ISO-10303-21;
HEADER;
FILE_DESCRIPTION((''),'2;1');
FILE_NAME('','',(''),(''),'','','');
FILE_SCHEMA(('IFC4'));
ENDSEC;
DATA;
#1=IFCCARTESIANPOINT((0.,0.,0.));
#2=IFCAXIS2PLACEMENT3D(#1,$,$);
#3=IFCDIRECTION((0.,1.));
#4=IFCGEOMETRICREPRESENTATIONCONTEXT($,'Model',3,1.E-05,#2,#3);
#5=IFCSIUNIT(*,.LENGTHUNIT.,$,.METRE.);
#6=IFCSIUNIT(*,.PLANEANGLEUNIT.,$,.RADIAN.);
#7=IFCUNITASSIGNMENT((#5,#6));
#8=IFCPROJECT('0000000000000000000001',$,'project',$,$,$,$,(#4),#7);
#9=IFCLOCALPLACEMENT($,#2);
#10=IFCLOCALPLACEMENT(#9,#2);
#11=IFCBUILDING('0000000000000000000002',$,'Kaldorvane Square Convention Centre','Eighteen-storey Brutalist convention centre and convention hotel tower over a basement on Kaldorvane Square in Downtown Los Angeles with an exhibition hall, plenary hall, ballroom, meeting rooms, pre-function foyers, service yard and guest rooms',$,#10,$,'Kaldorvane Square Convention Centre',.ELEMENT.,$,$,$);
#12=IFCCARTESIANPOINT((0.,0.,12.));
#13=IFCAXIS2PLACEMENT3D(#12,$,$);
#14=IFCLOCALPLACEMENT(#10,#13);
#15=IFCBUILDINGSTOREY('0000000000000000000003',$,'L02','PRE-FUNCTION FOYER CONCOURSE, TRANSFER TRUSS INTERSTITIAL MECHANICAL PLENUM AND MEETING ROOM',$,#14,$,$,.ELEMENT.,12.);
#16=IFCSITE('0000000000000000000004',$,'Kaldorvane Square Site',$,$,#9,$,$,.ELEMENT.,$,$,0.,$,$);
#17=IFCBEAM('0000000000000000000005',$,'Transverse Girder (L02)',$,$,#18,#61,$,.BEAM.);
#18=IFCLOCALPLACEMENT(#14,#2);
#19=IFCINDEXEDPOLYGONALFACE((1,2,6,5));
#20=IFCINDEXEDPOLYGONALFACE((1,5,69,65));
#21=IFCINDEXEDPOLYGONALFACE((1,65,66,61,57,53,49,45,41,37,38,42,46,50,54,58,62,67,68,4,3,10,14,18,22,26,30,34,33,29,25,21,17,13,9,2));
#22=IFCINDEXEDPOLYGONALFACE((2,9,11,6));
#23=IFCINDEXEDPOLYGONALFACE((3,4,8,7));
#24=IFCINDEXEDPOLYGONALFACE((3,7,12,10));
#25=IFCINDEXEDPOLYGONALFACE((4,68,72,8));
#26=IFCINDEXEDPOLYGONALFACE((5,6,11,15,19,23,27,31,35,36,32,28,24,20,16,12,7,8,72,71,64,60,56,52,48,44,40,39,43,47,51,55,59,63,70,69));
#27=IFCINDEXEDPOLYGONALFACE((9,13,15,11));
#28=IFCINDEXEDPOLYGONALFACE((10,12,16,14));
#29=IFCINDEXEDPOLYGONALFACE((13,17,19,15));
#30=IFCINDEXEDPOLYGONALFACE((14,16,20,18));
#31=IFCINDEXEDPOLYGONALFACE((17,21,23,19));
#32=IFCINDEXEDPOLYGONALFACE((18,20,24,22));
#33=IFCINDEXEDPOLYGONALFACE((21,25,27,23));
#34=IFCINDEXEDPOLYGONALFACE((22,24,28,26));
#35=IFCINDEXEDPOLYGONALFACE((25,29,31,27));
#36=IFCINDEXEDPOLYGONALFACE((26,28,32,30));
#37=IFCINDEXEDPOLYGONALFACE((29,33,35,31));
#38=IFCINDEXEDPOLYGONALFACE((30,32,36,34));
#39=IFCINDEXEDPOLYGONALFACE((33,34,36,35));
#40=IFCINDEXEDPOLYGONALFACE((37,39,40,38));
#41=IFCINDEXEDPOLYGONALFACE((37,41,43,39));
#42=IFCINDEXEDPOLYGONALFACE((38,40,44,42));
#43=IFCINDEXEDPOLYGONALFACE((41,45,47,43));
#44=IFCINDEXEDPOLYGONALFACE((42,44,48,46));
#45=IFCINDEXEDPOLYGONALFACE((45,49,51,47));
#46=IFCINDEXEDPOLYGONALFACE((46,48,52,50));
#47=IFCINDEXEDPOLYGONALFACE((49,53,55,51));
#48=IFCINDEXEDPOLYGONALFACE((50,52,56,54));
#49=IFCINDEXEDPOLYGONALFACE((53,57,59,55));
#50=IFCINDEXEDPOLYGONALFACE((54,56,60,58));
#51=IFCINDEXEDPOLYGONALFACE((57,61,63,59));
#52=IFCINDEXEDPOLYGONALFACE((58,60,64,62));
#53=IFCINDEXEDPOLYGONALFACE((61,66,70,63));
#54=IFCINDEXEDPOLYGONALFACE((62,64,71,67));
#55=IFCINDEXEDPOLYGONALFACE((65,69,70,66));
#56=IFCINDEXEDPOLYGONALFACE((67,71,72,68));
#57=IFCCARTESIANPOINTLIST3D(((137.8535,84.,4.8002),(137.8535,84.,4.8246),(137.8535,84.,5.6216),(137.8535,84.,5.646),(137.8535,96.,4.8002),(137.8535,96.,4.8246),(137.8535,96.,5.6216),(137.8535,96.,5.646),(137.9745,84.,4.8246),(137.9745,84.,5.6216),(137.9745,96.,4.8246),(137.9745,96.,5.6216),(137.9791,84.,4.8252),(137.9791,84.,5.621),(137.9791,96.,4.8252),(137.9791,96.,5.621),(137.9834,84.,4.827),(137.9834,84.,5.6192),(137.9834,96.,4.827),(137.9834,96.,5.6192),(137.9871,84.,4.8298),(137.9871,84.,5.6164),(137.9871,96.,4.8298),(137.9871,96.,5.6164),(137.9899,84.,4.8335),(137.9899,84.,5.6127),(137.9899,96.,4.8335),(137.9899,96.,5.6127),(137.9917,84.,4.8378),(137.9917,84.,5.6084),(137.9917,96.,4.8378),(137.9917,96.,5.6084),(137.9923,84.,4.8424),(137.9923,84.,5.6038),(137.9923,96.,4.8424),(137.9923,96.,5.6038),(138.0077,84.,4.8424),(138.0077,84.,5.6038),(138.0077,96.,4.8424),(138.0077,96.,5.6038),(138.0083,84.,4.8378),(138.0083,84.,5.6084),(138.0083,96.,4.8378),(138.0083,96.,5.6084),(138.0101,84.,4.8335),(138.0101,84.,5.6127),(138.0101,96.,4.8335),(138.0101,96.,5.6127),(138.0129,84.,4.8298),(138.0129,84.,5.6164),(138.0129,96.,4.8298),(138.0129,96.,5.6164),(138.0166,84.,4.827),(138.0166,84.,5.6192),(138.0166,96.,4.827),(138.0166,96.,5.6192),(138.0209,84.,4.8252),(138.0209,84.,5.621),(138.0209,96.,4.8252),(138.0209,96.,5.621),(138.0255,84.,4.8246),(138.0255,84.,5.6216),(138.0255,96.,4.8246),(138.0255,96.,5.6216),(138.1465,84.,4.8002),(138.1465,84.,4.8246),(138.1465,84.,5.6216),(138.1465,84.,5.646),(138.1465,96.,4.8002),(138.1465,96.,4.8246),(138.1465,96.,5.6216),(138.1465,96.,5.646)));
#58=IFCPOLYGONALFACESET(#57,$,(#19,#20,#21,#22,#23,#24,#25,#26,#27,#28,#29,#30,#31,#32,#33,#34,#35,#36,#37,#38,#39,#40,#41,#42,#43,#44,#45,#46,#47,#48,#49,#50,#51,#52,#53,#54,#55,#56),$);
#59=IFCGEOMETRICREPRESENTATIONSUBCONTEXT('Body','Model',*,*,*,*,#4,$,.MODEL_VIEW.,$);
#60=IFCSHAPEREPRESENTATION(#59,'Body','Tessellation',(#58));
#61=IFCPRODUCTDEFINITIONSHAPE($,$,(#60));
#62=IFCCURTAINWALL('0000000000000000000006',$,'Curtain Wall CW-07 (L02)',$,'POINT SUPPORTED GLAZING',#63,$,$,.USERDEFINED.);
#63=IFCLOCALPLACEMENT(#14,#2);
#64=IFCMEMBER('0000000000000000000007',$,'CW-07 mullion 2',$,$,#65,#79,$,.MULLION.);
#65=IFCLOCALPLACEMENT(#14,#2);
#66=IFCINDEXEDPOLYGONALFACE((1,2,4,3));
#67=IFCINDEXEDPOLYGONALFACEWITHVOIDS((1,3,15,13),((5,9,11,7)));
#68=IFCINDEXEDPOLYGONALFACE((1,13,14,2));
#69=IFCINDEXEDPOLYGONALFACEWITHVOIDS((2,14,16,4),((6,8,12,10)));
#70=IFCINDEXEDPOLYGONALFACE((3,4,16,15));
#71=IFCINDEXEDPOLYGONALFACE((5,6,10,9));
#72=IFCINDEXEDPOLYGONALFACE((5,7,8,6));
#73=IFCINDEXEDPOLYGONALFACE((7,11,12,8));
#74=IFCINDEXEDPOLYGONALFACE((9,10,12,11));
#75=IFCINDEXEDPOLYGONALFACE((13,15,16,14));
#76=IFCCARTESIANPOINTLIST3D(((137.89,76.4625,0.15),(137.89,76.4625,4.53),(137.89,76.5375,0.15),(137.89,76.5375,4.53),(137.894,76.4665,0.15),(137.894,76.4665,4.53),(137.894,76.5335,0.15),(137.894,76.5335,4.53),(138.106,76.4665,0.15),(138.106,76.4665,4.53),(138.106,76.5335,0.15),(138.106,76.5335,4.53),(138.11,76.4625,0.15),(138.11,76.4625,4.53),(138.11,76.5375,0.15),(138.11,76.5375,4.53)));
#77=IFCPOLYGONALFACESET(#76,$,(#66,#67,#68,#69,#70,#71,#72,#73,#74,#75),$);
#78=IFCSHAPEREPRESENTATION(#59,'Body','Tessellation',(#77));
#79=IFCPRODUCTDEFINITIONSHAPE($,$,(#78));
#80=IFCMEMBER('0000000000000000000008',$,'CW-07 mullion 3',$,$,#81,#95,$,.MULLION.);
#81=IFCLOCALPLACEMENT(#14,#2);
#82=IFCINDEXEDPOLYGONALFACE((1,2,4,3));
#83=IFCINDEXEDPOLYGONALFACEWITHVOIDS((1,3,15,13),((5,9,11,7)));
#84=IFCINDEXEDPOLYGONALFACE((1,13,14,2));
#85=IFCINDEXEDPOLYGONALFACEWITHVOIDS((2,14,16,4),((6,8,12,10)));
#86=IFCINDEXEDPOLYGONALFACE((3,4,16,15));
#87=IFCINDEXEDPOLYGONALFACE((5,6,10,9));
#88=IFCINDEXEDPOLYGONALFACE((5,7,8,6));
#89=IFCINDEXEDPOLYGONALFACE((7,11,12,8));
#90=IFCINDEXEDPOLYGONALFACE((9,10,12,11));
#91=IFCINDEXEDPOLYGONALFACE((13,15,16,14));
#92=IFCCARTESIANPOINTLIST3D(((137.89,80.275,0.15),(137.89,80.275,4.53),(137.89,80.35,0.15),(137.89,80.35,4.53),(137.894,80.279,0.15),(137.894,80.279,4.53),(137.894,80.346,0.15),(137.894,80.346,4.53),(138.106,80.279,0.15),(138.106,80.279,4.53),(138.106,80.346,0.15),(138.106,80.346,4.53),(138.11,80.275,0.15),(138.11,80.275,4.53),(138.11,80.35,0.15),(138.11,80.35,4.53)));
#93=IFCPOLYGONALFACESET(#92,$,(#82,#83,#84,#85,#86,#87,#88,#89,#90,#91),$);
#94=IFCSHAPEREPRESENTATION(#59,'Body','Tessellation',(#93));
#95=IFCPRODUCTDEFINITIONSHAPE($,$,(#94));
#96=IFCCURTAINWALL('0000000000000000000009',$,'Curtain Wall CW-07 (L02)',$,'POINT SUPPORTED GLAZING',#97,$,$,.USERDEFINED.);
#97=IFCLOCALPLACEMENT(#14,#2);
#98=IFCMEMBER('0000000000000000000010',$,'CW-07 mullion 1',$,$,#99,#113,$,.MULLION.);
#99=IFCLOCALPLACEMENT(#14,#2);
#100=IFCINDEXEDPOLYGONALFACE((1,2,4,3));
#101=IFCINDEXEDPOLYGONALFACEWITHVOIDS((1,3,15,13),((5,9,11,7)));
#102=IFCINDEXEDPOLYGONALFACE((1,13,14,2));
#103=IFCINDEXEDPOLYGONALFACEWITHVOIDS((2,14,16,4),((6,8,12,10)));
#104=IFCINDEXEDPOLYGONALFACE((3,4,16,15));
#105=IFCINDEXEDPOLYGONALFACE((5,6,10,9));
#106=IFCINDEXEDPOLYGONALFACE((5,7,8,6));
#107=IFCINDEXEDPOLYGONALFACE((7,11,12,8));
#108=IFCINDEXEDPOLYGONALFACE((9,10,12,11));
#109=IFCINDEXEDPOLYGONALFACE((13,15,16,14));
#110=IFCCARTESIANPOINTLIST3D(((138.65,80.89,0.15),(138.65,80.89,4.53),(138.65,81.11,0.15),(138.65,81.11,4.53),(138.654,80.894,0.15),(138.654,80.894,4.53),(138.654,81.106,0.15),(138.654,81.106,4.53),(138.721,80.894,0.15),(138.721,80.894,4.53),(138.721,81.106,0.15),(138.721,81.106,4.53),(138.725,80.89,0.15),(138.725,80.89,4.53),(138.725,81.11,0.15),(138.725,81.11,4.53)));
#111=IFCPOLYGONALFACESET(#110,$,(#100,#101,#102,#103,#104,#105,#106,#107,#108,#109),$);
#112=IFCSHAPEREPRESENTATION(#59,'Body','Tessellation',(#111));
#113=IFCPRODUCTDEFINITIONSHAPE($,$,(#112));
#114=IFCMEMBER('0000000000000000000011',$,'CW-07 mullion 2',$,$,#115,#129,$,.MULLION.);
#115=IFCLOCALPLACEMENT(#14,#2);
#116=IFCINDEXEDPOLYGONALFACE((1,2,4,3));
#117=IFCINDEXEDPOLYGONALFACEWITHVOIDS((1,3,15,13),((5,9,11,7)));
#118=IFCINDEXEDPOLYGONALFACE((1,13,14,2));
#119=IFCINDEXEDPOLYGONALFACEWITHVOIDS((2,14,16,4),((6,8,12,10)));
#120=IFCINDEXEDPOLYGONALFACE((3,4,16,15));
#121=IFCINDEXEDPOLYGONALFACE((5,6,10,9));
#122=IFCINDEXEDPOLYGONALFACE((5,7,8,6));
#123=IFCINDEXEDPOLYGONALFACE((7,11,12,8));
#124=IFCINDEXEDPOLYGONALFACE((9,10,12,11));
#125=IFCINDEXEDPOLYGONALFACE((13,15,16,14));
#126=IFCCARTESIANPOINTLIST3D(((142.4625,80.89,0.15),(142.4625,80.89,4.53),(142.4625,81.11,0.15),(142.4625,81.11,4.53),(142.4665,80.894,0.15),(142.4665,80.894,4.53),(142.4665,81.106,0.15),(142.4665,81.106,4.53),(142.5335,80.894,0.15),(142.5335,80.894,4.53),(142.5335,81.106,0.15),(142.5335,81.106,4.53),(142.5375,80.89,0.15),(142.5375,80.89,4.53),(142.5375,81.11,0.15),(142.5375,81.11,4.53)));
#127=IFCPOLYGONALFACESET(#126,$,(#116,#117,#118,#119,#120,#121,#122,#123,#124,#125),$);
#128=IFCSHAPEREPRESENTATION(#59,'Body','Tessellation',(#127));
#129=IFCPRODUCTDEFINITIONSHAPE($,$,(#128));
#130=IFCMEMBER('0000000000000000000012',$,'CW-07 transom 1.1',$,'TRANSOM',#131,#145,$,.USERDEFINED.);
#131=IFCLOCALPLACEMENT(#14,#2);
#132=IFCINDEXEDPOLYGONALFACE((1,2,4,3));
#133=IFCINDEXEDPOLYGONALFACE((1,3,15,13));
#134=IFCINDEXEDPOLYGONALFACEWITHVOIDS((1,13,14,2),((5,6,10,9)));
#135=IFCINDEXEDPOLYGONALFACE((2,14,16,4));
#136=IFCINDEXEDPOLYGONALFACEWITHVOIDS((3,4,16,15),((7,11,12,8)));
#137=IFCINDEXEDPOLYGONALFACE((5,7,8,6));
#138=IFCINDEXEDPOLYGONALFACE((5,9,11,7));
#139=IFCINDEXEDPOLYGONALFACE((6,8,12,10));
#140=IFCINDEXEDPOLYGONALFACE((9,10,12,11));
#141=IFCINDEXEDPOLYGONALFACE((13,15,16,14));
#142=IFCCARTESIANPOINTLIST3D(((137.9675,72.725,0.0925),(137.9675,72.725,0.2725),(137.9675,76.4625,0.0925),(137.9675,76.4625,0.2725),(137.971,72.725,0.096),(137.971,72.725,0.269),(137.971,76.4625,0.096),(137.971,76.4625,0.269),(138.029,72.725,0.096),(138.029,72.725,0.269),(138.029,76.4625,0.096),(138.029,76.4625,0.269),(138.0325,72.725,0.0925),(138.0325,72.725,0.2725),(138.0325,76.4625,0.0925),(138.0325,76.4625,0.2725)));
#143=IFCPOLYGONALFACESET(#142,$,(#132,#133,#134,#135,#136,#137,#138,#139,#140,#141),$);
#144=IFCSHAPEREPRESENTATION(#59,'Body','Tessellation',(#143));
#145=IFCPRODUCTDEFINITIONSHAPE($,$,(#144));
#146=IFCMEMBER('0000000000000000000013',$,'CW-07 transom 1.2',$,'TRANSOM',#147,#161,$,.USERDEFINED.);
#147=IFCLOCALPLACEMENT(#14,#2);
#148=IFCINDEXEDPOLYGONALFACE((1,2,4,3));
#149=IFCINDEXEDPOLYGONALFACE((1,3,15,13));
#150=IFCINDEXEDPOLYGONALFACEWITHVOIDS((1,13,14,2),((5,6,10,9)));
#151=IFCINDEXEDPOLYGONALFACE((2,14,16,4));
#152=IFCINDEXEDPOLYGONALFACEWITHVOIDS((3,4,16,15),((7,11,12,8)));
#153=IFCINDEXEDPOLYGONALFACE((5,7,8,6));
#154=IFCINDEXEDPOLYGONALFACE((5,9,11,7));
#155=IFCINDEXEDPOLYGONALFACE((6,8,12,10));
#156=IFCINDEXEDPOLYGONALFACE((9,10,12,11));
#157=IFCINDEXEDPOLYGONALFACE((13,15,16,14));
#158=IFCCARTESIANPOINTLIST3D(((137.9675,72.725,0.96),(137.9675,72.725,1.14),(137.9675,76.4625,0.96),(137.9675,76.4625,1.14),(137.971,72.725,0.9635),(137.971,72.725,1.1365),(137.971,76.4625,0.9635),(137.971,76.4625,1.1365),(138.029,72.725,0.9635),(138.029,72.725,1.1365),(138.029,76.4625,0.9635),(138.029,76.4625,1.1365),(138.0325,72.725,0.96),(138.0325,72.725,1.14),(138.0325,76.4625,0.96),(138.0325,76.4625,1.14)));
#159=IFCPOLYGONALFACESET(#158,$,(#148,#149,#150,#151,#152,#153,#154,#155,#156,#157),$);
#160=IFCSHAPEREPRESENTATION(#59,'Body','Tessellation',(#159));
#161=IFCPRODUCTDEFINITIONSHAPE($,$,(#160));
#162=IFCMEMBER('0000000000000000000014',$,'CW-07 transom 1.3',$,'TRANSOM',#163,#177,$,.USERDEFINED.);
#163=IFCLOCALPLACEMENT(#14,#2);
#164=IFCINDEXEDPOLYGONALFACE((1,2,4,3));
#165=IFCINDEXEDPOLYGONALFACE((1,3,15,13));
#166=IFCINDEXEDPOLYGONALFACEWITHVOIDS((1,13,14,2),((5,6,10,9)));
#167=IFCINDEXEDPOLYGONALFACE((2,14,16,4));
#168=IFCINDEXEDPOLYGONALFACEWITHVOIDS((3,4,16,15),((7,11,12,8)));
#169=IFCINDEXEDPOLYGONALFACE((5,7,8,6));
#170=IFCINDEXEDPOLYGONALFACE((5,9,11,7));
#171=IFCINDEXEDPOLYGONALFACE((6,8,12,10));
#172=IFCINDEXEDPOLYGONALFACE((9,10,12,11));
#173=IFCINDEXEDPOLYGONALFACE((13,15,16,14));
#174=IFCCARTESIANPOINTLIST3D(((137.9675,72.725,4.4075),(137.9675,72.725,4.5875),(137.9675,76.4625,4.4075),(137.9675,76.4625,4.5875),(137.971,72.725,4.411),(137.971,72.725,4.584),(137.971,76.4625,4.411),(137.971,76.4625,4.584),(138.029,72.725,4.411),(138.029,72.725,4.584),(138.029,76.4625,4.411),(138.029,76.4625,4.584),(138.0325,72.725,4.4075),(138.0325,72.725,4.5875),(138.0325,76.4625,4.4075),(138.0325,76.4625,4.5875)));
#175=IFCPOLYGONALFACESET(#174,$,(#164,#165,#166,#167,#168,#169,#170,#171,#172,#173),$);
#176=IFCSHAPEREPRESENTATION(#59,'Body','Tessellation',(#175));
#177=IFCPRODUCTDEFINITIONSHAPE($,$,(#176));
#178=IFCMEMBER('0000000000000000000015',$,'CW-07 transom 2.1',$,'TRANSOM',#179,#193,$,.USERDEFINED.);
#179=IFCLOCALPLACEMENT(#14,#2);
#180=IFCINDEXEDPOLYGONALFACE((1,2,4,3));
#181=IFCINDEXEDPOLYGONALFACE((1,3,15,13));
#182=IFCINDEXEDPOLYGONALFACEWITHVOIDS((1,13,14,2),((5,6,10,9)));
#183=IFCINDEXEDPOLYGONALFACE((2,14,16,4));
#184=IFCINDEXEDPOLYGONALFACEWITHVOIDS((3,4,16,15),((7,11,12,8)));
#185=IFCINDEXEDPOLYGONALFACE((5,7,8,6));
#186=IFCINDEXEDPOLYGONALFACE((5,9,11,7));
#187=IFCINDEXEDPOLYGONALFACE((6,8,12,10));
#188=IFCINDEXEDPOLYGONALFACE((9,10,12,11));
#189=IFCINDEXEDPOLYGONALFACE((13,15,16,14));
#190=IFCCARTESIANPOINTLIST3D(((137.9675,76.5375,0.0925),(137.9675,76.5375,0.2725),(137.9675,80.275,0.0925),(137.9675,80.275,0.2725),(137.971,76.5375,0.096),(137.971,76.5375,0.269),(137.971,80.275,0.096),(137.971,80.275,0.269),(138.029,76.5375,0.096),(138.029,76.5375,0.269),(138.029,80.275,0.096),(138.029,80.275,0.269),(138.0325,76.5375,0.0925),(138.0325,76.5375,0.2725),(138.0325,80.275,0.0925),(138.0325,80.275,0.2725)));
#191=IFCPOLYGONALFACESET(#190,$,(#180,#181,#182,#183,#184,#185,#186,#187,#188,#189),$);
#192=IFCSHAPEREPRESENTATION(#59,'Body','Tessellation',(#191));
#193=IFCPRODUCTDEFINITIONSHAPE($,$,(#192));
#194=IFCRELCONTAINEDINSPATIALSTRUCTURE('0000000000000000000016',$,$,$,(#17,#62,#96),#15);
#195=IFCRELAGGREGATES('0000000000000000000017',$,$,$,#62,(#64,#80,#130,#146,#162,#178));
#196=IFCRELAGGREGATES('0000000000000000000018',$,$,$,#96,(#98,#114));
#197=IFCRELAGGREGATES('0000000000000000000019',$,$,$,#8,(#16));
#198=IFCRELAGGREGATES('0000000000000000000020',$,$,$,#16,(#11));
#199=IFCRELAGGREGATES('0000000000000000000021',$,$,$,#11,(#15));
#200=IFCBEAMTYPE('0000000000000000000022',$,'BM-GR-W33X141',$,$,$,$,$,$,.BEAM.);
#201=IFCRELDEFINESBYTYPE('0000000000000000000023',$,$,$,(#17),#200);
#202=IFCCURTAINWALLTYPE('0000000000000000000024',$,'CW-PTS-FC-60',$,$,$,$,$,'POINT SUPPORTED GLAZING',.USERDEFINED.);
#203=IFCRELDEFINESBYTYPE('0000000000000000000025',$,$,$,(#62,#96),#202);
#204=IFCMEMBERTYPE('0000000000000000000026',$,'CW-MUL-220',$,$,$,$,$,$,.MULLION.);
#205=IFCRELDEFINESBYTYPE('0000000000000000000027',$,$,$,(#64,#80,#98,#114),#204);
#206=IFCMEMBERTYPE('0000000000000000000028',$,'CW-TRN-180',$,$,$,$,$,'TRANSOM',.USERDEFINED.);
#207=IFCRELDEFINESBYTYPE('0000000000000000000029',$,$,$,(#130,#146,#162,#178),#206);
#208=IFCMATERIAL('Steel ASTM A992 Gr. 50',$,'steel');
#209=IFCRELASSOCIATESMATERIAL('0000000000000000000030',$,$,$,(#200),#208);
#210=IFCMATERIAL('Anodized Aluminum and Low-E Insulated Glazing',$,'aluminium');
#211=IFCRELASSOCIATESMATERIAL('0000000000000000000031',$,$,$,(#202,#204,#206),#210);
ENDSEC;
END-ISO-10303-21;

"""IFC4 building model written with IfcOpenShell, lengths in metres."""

from ifc_helpers import new_model, si_unit, direction, frame, origin, origin_2d, place, context, subcontext, project, spatial, hollow_rectangle, i_section, extrude, material, material_profile, profile_set, type_object, element, aggregate, save


model = new_model("IFC4")

# Units and contexts
model_context = context("Model", 3, precision=1e-05, world=origin(), true_north=direction((0.0, 1.0)))
body_context = subcontext(model_context, "Body", "Model", "MODEL_VIEW")
ifc_project = project(units=[si_unit("LENGTHUNIT", "METRE"), si_unit("PLANEANGLEUNIT", "RADIAN")], contexts=[model_context])

# Site, building, storey
site_placement = place(None, origin())
site = spatial("IfcSite", under=ifc_project, at=site_placement, Name="Kaldorvane Square Site", CompositionType="ELEMENT", RefElevation=0.0)
building_placement = place(site_placement, origin())
building = spatial("IfcBuilding", under=site, at=building_placement, Name="Kaldorvane Square Convention Centre", Description="Eighteen-storey Brutalist convention centre and convention hotel tower over a basement on Kaldorvane Square in Downtown Los Angeles with an exhibition hall, plenary hall, ballroom, meeting rooms, pre-function foyers, service yard and guest rooms", LongName="Kaldorvane Square Convention Centre", CompositionType="ELEMENT")
storey_placement = place(building_placement, frame((0.0, 0.0, 12.0)))
storey = spatial("IfcBuildingStorey", under=building, at=storey_placement, Name="L02", Description="PRE-FUNCTION FOYER CONCOURSE, TRANSFER TRUSS INTERSTITIAL MECHANICAL PLENUM AND MEETING ROOM", CompositionType="ELEMENT", Elevation=12.0)

# Beam
ifc_material_1 = material(Name="Steel ASTM A992 Gr. 50", Category="steel")
ifc_material_profile_1 = material_profile(ifc_material_1, i_section(OverallWidth=0.293, OverallDepth=0.8458, WebThickness=0.0154, FlangeThickness=0.0244, FilletRadius=0.0178, at=origin_2d()), Name="W33X141")
ifc_profile_set_1 = profile_set([ifc_material_profile_1], Name="Steel ASTM A992 Gr. 50")
beam_type_1 = type_object("IfcBeamType", Name="BM-GR-W33X141", PredefinedType="BEAM", material=ifc_profile_set_1)
beam_1_placement = place(storey_placement, frame((138.0, 84.0, 5.2231), z_axis=(0.0, 1.0, 0.0), x_axis=(-1.0, 0.0, 0.0)))
element("IfcBeam", 1, at=beam_1_placement, inside=storey, type_object=beam_type_1, Name="Transverse Girder (L02)", PredefinedType="BEAM", context=body_context, shape_type="SweptSolid", body=[
    extrude(i_section(OverallWidth=0.293, OverallDepth=0.8458, WebThickness=0.0154, FlangeThickness=0.0244, FilletRadius=0.0178, at=origin_2d()), origin(), (0.0, 0.0, 1.0), 12.0),
])

# Curtain walls, members
ifc_material_2 = material(Name="Anodized Aluminum and Low-E Insulated Glazing", Category="aluminium")
curtain_wall_type = type_object("IfcCurtainWallType", Name="CW-PTS-FC-60", ElementType="POINT SUPPORTED GLAZING", PredefinedType="USERDEFINED", material=ifc_material_2)
curtain_wall_1_placement = place(storey_placement, origin())
curtain_wall_1 = element("IfcCurtainWall", 2, at=curtain_wall_1_placement, inside=storey, type_object=curtain_wall_type, Name="Curtain Wall CW-07 (L02)", ObjectType="POINT SUPPORTED GLAZING", PredefinedType="USERDEFINED")
ifc_material_profile_2 = material_profile(ifc_material_2, hollow_rectangle(XDim=0.075, YDim=0.22, WallThickness=0.004, at=origin_2d()), Name="CWM-220X75")
ifc_profile_set_2 = profile_set([ifc_material_profile_2], Name="Anodized Aluminum and Low-E Insulated Glazing")
member_type_1 = type_object("IfcMemberType", Name="CW-MUL-220", PredefinedType="MULLION", material=ifc_profile_set_2)
member_1_placement = place(storey_placement, frame((138.0, 76.5, 0.15), z_axis=(0.0, 0.0, 1.0), x_axis=(0.0, 1.0, 0.0)))
member_1 = element("IfcMember", 3, at=member_1_placement, type_object=member_type_1, Name="CW-07 mullion 2", PredefinedType="MULLION", context=body_context, shape_type="SweptSolid", body=[
    extrude(hollow_rectangle(XDim=0.075, YDim=0.22, WallThickness=0.004, at=origin_2d()), origin(), (0.0, 0.0, 1.0), 4.38),
])
member_2_placement = place(storey_placement, frame((138.0, 80.3125, 0.15), z_axis=(0.0, 0.0, 1.0), x_axis=(0.0, 1.0, 0.0)))
member_2 = element("IfcMember", 4, at=member_2_placement, type_object=member_type_1, Name="CW-07 mullion 3", PredefinedType="MULLION", context=body_context, shape_type="SweptSolid", body=[
    extrude(hollow_rectangle(XDim=0.075, YDim=0.22, WallThickness=0.004, at=origin_2d()), origin(), (0.0, 0.0, 1.0), 4.38),
])
curtain_wall_2_placement = place(storey_placement, origin())
curtain_wall_2 = element("IfcCurtainWall", 5, at=curtain_wall_2_placement, inside=storey, type_object=curtain_wall_type, Name="Curtain Wall CW-07 (L02)", ObjectType="POINT SUPPORTED GLAZING", PredefinedType="USERDEFINED")
member_3_placement = place(storey_placement, frame((138.6875, 81.0, 0.15), z_axis=(0.0, 0.0, 1.0), x_axis=(1.0, 0.0, 0.0)))
member_3 = element("IfcMember", 6, at=member_3_placement, type_object=member_type_1, Name="CW-07 mullion 1", PredefinedType="MULLION", context=body_context, shape_type="SweptSolid", body=[
    extrude(hollow_rectangle(XDim=0.075, YDim=0.22, WallThickness=0.004, at=origin_2d()), origin(), (0.0, 0.0, 1.0), 4.38),
])
member_4_placement = place(storey_placement, frame((142.5, 81.0, 0.15), z_axis=(0.0, 0.0, 1.0), x_axis=(1.0, 0.0, 0.0)))
member_4 = element("IfcMember", 7, at=member_4_placement, type_object=member_type_1, Name="CW-07 mullion 2", PredefinedType="MULLION", context=body_context, shape_type="SweptSolid", body=[
    extrude(hollow_rectangle(XDim=0.075, YDim=0.22, WallThickness=0.004, at=origin_2d()), origin(), (0.0, 0.0, 1.0), 4.38),
])

# Members
ifc_material_profile_3 = material_profile(ifc_material_2, hollow_rectangle(XDim=0.065, YDim=0.18, WallThickness=0.0035, at=origin_2d()), Name="CWT-180X65")
ifc_profile_set_3 = profile_set([ifc_material_profile_3], Name="Anodized Aluminum and Low-E Insulated Glazing")
member_type_2 = type_object("IfcMemberType", Name="CW-TRN-180", ElementType="TRANSOM", PredefinedType="USERDEFINED", material=ifc_profile_set_3)
member_5_placement = place(storey_placement, frame((138.0, 72.725, 0.1825), z_axis=(0.0, 1.0, 0.0), x_axis=(-1.0, 0.0, 0.0)))
member_5 = element("IfcMember", 8, at=member_5_placement, type_object=member_type_2, Name="CW-07 transom 1.1", ObjectType="TRANSOM", PredefinedType="USERDEFINED", context=body_context, shape_type="SweptSolid", body=[
    extrude(hollow_rectangle(XDim=0.065, YDim=0.18, WallThickness=0.0035, at=origin_2d()), origin(), (0.0, 0.0, 1.0), 3.7375),
])
member_6_placement = place(storey_placement, frame((138.0, 72.725, 1.05), z_axis=(0.0, 1.0, 0.0), x_axis=(-1.0, 0.0, 0.0)))
member_6 = element("IfcMember", 9, at=member_6_placement, type_object=member_type_2, Name="CW-07 transom 1.2", ObjectType="TRANSOM", PredefinedType="USERDEFINED", context=body_context, shape_type="SweptSolid", body=[
    extrude(hollow_rectangle(XDim=0.065, YDim=0.18, WallThickness=0.0035, at=origin_2d()), origin(), (0.0, 0.0, 1.0), 3.7375),
])
member_7_placement = place(storey_placement, frame((138.0, 72.725, 4.4975), z_axis=(0.0, 1.0, 0.0), x_axis=(-1.0, 0.0, 0.0)))
member_7 = element("IfcMember", 10, at=member_7_placement, type_object=member_type_2, Name="CW-07 transom 1.3", ObjectType="TRANSOM", PredefinedType="USERDEFINED", context=body_context, shape_type="SweptSolid", body=[
    extrude(hollow_rectangle(XDim=0.065, YDim=0.18, WallThickness=0.0035, at=origin_2d()), origin(), (0.0, 0.0, 1.0), 3.7375),
])
member_8_placement = place(storey_placement, frame((138.0, 76.5375, 0.1825), z_axis=(0.0, 1.0, 0.0), x_axis=(-1.0, 0.0, 0.0)))
member_8 = element("IfcMember", 11, at=member_8_placement, type_object=member_type_2, Name="CW-07 transom 2.1", ObjectType="TRANSOM", PredefinedType="USERDEFINED", context=body_context, shape_type="SweptSolid", body=[
    extrude(hollow_rectangle(XDim=0.065, YDim=0.18, WallThickness=0.0035, at=origin_2d()), origin(), (0.0, 0.0, 1.0), 3.7375),
])

aggregate(curtain_wall_1, [member_1, member_2, member_5, member_6, member_7, member_8])
aggregate(curtain_wall_2, [member_3, member_4])

save(model, "model.ifc")
